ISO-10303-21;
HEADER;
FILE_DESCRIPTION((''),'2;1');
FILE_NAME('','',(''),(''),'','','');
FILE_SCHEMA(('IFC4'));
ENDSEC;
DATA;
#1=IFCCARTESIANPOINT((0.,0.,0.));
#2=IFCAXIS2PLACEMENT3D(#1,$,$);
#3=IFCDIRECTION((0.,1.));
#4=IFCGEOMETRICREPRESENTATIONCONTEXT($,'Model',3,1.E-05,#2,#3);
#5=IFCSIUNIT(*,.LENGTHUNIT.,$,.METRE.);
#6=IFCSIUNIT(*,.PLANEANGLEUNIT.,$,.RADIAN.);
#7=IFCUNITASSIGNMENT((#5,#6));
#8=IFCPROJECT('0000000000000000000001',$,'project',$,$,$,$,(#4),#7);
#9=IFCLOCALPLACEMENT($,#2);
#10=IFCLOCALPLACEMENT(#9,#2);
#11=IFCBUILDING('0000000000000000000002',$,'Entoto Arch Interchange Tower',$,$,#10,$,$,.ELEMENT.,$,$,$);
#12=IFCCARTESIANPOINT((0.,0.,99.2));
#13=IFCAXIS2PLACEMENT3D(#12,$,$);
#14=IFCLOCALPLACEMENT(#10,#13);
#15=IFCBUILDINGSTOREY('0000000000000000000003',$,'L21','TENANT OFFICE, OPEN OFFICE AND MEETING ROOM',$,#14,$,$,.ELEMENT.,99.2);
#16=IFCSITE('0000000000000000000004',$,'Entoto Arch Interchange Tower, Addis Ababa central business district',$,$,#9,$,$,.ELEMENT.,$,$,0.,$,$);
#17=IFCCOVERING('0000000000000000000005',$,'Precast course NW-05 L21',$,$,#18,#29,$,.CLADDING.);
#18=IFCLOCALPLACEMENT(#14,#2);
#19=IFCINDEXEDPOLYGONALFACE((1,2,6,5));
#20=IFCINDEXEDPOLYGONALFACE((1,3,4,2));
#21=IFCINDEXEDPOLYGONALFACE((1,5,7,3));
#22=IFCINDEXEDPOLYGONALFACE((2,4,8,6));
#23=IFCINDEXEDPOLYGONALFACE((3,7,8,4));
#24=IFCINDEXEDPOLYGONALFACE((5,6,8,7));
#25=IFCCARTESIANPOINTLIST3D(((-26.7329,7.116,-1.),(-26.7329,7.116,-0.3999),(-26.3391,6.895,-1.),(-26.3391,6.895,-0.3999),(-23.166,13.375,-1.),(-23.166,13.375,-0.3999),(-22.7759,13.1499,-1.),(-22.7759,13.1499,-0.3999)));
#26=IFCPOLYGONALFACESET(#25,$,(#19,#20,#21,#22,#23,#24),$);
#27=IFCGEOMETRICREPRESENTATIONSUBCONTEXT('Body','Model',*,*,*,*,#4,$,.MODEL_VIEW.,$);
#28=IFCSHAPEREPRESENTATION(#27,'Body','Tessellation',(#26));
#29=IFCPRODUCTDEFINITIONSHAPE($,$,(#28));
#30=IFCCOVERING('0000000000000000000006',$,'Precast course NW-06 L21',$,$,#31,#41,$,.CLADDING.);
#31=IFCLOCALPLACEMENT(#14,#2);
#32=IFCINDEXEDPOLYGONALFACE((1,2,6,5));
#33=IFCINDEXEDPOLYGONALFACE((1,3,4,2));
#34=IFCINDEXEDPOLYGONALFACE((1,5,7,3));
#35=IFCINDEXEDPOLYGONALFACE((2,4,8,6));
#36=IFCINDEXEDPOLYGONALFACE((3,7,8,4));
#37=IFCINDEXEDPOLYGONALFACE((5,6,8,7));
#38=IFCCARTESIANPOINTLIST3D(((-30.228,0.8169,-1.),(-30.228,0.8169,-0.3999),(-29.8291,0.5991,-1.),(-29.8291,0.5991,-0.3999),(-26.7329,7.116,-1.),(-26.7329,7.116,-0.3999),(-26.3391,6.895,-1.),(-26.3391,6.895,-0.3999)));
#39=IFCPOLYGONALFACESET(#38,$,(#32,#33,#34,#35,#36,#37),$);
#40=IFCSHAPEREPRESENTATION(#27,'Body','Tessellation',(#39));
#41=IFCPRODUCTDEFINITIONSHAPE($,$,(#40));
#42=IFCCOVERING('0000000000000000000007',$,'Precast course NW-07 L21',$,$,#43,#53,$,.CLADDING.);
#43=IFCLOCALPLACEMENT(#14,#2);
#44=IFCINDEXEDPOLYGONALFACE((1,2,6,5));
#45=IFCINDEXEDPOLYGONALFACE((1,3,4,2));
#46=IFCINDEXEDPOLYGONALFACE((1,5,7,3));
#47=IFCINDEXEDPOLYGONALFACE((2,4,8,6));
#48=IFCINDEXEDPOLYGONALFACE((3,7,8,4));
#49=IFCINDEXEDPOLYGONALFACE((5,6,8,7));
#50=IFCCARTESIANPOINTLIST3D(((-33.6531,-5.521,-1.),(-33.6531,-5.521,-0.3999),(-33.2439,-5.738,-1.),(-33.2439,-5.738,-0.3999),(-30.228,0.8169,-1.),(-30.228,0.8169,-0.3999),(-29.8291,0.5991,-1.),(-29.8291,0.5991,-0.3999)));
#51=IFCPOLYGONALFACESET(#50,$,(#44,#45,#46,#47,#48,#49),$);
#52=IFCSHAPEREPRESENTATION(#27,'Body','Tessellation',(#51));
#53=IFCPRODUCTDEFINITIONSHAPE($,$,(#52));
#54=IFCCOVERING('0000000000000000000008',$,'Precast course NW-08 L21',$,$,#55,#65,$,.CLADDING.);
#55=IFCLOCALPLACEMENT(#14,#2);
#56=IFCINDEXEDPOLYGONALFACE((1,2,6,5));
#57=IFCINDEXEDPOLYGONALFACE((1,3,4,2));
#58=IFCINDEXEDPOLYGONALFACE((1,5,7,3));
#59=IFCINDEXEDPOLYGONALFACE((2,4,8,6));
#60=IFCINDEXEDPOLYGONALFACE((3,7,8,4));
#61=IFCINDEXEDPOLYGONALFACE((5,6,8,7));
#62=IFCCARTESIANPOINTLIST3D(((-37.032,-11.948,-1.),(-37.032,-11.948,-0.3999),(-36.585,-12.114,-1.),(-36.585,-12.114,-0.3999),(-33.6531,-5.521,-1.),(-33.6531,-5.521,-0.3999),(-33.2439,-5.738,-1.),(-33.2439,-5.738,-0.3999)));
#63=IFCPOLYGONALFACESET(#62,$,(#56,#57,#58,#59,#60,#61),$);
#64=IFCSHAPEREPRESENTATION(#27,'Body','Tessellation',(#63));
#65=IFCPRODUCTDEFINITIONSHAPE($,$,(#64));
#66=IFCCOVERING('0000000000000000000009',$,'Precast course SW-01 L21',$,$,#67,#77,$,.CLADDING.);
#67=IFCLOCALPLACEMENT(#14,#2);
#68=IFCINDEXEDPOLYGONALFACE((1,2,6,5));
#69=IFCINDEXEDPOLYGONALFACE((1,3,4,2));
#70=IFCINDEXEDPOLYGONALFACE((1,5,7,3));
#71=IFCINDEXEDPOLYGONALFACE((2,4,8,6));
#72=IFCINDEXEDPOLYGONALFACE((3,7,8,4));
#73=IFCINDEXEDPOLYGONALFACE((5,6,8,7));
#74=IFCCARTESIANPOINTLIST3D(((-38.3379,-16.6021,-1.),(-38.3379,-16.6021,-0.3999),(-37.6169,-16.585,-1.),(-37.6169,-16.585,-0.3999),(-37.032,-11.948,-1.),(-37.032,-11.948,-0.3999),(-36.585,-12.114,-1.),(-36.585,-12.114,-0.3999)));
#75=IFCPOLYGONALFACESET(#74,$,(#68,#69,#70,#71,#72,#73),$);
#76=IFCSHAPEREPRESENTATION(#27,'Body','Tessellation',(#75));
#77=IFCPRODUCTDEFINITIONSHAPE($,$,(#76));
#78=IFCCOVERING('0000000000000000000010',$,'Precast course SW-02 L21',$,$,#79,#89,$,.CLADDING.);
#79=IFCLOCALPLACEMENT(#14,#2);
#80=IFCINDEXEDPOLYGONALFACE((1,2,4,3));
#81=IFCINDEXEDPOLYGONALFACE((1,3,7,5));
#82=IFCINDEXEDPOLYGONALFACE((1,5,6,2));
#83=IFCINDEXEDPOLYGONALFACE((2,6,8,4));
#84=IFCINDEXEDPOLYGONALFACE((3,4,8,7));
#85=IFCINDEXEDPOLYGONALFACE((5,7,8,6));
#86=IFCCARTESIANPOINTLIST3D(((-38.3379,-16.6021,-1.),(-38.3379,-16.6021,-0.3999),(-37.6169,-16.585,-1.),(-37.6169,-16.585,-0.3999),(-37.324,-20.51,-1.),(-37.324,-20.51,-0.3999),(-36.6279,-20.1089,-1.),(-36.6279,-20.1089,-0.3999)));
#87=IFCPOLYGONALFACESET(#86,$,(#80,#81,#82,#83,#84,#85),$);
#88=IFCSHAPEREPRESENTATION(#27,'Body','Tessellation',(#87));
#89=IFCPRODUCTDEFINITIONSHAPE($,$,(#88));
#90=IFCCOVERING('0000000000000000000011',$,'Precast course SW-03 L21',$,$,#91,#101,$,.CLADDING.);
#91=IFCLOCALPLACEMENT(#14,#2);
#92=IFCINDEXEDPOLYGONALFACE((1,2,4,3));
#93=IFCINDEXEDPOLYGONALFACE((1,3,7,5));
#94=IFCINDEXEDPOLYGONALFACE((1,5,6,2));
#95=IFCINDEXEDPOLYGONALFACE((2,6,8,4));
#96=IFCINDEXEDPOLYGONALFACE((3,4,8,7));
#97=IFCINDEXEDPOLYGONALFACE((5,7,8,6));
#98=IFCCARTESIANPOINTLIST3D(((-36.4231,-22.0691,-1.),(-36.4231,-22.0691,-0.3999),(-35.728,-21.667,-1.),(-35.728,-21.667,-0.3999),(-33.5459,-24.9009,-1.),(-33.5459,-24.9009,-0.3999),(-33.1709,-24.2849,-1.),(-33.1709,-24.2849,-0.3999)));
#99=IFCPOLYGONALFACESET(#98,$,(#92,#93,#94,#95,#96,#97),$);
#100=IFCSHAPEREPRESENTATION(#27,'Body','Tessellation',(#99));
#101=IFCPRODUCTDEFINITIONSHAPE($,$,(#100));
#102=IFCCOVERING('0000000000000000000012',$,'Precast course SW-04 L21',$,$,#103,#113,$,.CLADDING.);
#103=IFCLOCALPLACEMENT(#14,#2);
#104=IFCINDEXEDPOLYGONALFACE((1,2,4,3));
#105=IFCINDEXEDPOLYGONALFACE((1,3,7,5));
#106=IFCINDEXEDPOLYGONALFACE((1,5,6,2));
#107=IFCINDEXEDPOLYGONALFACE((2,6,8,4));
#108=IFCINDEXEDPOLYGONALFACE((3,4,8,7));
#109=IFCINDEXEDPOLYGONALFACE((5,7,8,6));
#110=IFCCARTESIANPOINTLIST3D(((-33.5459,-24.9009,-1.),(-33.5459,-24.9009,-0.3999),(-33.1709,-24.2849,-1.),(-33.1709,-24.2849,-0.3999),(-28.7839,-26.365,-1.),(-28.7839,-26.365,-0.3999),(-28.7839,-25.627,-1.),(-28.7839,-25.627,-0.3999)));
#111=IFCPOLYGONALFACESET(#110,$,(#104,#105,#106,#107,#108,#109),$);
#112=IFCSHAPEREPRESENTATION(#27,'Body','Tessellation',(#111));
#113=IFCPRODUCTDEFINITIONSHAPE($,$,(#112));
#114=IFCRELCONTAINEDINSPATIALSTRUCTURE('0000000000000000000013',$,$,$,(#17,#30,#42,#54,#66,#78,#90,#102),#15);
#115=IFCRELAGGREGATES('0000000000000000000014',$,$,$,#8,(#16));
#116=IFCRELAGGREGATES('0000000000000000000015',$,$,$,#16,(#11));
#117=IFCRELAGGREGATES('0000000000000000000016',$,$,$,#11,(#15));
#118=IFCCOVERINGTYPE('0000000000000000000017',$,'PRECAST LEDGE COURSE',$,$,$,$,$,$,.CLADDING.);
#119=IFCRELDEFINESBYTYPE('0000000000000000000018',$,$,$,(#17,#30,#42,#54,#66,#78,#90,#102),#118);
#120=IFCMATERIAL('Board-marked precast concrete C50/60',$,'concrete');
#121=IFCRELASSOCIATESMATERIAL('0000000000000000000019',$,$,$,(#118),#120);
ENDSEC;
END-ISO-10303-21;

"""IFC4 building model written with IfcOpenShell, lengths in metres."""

from ifc_helpers import new_model, si_unit, direction, frame, origin, place, context, subcontext, project, spatial, polyline, outline, extrude, material, type_object, element, save


model = new_model("IFC4")

# Units and contexts
model_context = context("Model", 3, precision=1e-05, world=origin(), true_north=direction((0.0, 1.0)))
body_context = subcontext(model_context, "Body", "Model", "MODEL_VIEW")
ifc_project = project(units=[si_unit("LENGTHUNIT", "METRE"), si_unit("PLANEANGLEUNIT", "RADIAN")], contexts=[model_context])

# Site, building, storey
site_placement = place(None, origin())
site = spatial("IfcSite", under=ifc_project, at=site_placement, Name="Entoto Arch Interchange Tower, Addis Ababa central business district", CompositionType="ELEMENT", RefElevation=0.0)
building_placement = place(site_placement, origin())
building = spatial("IfcBuilding", under=site, at=building_placement, Name="Entoto Arch Interchange Tower", CompositionType="ELEMENT")
storey_placement = place(building_placement, frame((0.0, 0.0, 99.2)))
storey = spatial("IfcBuildingStorey", under=building, at=storey_placement, Name="L21", Description="TENANT OFFICE, OPEN OFFICE AND MEETING ROOM", CompositionType="ELEMENT", Elevation=99.2)

# Shared definitions
ifc_material_1 = material(Name="Board-marked precast concrete C50/60", Category="concrete")

# Coverings
covering_type_1 = type_object("IfcCoveringType", Name="PRECAST LEDGE COURSE", PredefinedType="CLADDING", material=ifc_material_1)
covering_1_placement = place(storey_placement, frame((0.0, 0.0, -1.0)))
element("IfcCovering", 1, at=covering_1_placement, inside=storey, type_object=covering_type_1, Name="Precast course NW-05 L21", PredefinedType="CLADDING", context=body_context, shape_type="SweptSolid", body=[
    extrude(outline(polyline([(-26.3391, 6.895), (-26.7329, 7.116), (-23.166, 13.375), (-22.7759, 13.1499), (-26.3391, 6.895)])), origin(), (0.0, 0.0, 1.0), 0.6001),
])
covering_2_placement = place(storey_placement, frame((0.0, 0.0, -1.0)))
element("IfcCovering", 2, at=covering_2_placement, inside=storey, type_object=covering_type_1, Name="Precast course NW-06 L21", PredefinedType="CLADDING", context=body_context, shape_type="SweptSolid", body=[
    extrude(outline(polyline([(-29.8291, 0.5991), (-30.228, 0.8169), (-26.7329, 7.116), (-26.3391, 6.895), (-29.8291, 0.5991)])), origin(), (0.0, 0.0, 1.0), 0.6001),
])
covering_3_placement = place(storey_placement, frame((0.0, 0.0, -1.0)))
element("IfcCovering", 3, at=covering_3_placement, inside=storey, type_object=covering_type_1, Name="Precast course NW-07 L21", PredefinedType="CLADDING", context=body_context, shape_type="SweptSolid", body=[
    extrude(outline(polyline([(-33.2439, -5.738), (-33.6531, -5.521), (-30.228, 0.8169), (-29.8291, 0.5991), (-33.2439, -5.738)])), origin(), (0.0, 0.0, 1.0), 0.6001),
])
covering_4_placement = place(storey_placement, frame((0.0, 0.0, -1.0)))
element("IfcCovering", 4, at=covering_4_placement, inside=storey, type_object=covering_type_1, Name="Precast course NW-08 L21", PredefinedType="CLADDING", context=body_context, shape_type="SweptSolid", body=[
    extrude(outline(polyline([(-36.585, -12.114), (-37.032, -11.948), (-33.6531, -5.521), (-33.2439, -5.738), (-36.585, -12.114)])), origin(), (0.0, 0.0, 1.0), 0.6001),
])
covering_5_placement = place(storey_placement, frame((0.0, 0.0, -1.0)))
element("IfcCovering", 5, at=covering_5_placement, inside=storey, type_object=covering_type_1, Name="Precast course SW-01 L21", PredefinedType="CLADDING", context=body_context, shape_type="SweptSolid", body=[
    extrude(outline(polyline([(-37.6169, -16.585), (-38.3379, -16.6021), (-37.032, -11.948), (-36.585, -12.114), (-37.6169, -16.585)])), origin(), (0.0, 0.0, 1.0), 0.6001),
])
covering_6_placement = place(storey_placement, frame((0.0, 0.0, -1.0)))
element("IfcCovering", 6, at=covering_6_placement, inside=storey, type_object=covering_type_1, Name="Precast course SW-02 L21", PredefinedType="CLADDING", context=body_context, shape_type="SweptSolid", body=[
    extrude(outline(polyline([(-36.6279, -20.1089), (-37.324, -20.51), (-38.3379, -16.6021), (-37.6169, -16.585), (-36.6279, -20.1089)])), origin(), (0.0, 0.0, 1.0), 0.6001),
])
covering_7_placement = place(storey_placement, frame((0.0, 0.0, -1.0)))
element("IfcCovering", 7, at=covering_7_placement, inside=storey, type_object=covering_type_1, Name="Precast course SW-03 L21", PredefinedType="CLADDING", context=body_context, shape_type="SweptSolid", body=[
    extrude(outline(polyline([(-33.1709, -24.2849), (-33.5459, -24.9009), (-36.4231, -22.0691), (-35.728, -21.667), (-33.1709, -24.2849)])), origin(), (0.0, 0.0, 1.0), 0.6001),
])
covering_8_placement = place(storey_placement, frame((0.0, 0.0, -1.0)))
element("IfcCovering", 8, at=covering_8_placement, inside=storey, type_object=covering_type_1, Name="Precast course SW-04 L21", PredefinedType="CLADDING", context=body_context, shape_type="SweptSolid", body=[
    extrude(outline(polyline([(-28.7839, -25.627), (-28.7839, -26.365), (-33.5459, -24.9009), (-33.1709, -24.2849), (-28.7839, -25.627)])), origin(), (0.0, 0.0, 1.0), 0.6001),
])

save(model, "model.ifc")
